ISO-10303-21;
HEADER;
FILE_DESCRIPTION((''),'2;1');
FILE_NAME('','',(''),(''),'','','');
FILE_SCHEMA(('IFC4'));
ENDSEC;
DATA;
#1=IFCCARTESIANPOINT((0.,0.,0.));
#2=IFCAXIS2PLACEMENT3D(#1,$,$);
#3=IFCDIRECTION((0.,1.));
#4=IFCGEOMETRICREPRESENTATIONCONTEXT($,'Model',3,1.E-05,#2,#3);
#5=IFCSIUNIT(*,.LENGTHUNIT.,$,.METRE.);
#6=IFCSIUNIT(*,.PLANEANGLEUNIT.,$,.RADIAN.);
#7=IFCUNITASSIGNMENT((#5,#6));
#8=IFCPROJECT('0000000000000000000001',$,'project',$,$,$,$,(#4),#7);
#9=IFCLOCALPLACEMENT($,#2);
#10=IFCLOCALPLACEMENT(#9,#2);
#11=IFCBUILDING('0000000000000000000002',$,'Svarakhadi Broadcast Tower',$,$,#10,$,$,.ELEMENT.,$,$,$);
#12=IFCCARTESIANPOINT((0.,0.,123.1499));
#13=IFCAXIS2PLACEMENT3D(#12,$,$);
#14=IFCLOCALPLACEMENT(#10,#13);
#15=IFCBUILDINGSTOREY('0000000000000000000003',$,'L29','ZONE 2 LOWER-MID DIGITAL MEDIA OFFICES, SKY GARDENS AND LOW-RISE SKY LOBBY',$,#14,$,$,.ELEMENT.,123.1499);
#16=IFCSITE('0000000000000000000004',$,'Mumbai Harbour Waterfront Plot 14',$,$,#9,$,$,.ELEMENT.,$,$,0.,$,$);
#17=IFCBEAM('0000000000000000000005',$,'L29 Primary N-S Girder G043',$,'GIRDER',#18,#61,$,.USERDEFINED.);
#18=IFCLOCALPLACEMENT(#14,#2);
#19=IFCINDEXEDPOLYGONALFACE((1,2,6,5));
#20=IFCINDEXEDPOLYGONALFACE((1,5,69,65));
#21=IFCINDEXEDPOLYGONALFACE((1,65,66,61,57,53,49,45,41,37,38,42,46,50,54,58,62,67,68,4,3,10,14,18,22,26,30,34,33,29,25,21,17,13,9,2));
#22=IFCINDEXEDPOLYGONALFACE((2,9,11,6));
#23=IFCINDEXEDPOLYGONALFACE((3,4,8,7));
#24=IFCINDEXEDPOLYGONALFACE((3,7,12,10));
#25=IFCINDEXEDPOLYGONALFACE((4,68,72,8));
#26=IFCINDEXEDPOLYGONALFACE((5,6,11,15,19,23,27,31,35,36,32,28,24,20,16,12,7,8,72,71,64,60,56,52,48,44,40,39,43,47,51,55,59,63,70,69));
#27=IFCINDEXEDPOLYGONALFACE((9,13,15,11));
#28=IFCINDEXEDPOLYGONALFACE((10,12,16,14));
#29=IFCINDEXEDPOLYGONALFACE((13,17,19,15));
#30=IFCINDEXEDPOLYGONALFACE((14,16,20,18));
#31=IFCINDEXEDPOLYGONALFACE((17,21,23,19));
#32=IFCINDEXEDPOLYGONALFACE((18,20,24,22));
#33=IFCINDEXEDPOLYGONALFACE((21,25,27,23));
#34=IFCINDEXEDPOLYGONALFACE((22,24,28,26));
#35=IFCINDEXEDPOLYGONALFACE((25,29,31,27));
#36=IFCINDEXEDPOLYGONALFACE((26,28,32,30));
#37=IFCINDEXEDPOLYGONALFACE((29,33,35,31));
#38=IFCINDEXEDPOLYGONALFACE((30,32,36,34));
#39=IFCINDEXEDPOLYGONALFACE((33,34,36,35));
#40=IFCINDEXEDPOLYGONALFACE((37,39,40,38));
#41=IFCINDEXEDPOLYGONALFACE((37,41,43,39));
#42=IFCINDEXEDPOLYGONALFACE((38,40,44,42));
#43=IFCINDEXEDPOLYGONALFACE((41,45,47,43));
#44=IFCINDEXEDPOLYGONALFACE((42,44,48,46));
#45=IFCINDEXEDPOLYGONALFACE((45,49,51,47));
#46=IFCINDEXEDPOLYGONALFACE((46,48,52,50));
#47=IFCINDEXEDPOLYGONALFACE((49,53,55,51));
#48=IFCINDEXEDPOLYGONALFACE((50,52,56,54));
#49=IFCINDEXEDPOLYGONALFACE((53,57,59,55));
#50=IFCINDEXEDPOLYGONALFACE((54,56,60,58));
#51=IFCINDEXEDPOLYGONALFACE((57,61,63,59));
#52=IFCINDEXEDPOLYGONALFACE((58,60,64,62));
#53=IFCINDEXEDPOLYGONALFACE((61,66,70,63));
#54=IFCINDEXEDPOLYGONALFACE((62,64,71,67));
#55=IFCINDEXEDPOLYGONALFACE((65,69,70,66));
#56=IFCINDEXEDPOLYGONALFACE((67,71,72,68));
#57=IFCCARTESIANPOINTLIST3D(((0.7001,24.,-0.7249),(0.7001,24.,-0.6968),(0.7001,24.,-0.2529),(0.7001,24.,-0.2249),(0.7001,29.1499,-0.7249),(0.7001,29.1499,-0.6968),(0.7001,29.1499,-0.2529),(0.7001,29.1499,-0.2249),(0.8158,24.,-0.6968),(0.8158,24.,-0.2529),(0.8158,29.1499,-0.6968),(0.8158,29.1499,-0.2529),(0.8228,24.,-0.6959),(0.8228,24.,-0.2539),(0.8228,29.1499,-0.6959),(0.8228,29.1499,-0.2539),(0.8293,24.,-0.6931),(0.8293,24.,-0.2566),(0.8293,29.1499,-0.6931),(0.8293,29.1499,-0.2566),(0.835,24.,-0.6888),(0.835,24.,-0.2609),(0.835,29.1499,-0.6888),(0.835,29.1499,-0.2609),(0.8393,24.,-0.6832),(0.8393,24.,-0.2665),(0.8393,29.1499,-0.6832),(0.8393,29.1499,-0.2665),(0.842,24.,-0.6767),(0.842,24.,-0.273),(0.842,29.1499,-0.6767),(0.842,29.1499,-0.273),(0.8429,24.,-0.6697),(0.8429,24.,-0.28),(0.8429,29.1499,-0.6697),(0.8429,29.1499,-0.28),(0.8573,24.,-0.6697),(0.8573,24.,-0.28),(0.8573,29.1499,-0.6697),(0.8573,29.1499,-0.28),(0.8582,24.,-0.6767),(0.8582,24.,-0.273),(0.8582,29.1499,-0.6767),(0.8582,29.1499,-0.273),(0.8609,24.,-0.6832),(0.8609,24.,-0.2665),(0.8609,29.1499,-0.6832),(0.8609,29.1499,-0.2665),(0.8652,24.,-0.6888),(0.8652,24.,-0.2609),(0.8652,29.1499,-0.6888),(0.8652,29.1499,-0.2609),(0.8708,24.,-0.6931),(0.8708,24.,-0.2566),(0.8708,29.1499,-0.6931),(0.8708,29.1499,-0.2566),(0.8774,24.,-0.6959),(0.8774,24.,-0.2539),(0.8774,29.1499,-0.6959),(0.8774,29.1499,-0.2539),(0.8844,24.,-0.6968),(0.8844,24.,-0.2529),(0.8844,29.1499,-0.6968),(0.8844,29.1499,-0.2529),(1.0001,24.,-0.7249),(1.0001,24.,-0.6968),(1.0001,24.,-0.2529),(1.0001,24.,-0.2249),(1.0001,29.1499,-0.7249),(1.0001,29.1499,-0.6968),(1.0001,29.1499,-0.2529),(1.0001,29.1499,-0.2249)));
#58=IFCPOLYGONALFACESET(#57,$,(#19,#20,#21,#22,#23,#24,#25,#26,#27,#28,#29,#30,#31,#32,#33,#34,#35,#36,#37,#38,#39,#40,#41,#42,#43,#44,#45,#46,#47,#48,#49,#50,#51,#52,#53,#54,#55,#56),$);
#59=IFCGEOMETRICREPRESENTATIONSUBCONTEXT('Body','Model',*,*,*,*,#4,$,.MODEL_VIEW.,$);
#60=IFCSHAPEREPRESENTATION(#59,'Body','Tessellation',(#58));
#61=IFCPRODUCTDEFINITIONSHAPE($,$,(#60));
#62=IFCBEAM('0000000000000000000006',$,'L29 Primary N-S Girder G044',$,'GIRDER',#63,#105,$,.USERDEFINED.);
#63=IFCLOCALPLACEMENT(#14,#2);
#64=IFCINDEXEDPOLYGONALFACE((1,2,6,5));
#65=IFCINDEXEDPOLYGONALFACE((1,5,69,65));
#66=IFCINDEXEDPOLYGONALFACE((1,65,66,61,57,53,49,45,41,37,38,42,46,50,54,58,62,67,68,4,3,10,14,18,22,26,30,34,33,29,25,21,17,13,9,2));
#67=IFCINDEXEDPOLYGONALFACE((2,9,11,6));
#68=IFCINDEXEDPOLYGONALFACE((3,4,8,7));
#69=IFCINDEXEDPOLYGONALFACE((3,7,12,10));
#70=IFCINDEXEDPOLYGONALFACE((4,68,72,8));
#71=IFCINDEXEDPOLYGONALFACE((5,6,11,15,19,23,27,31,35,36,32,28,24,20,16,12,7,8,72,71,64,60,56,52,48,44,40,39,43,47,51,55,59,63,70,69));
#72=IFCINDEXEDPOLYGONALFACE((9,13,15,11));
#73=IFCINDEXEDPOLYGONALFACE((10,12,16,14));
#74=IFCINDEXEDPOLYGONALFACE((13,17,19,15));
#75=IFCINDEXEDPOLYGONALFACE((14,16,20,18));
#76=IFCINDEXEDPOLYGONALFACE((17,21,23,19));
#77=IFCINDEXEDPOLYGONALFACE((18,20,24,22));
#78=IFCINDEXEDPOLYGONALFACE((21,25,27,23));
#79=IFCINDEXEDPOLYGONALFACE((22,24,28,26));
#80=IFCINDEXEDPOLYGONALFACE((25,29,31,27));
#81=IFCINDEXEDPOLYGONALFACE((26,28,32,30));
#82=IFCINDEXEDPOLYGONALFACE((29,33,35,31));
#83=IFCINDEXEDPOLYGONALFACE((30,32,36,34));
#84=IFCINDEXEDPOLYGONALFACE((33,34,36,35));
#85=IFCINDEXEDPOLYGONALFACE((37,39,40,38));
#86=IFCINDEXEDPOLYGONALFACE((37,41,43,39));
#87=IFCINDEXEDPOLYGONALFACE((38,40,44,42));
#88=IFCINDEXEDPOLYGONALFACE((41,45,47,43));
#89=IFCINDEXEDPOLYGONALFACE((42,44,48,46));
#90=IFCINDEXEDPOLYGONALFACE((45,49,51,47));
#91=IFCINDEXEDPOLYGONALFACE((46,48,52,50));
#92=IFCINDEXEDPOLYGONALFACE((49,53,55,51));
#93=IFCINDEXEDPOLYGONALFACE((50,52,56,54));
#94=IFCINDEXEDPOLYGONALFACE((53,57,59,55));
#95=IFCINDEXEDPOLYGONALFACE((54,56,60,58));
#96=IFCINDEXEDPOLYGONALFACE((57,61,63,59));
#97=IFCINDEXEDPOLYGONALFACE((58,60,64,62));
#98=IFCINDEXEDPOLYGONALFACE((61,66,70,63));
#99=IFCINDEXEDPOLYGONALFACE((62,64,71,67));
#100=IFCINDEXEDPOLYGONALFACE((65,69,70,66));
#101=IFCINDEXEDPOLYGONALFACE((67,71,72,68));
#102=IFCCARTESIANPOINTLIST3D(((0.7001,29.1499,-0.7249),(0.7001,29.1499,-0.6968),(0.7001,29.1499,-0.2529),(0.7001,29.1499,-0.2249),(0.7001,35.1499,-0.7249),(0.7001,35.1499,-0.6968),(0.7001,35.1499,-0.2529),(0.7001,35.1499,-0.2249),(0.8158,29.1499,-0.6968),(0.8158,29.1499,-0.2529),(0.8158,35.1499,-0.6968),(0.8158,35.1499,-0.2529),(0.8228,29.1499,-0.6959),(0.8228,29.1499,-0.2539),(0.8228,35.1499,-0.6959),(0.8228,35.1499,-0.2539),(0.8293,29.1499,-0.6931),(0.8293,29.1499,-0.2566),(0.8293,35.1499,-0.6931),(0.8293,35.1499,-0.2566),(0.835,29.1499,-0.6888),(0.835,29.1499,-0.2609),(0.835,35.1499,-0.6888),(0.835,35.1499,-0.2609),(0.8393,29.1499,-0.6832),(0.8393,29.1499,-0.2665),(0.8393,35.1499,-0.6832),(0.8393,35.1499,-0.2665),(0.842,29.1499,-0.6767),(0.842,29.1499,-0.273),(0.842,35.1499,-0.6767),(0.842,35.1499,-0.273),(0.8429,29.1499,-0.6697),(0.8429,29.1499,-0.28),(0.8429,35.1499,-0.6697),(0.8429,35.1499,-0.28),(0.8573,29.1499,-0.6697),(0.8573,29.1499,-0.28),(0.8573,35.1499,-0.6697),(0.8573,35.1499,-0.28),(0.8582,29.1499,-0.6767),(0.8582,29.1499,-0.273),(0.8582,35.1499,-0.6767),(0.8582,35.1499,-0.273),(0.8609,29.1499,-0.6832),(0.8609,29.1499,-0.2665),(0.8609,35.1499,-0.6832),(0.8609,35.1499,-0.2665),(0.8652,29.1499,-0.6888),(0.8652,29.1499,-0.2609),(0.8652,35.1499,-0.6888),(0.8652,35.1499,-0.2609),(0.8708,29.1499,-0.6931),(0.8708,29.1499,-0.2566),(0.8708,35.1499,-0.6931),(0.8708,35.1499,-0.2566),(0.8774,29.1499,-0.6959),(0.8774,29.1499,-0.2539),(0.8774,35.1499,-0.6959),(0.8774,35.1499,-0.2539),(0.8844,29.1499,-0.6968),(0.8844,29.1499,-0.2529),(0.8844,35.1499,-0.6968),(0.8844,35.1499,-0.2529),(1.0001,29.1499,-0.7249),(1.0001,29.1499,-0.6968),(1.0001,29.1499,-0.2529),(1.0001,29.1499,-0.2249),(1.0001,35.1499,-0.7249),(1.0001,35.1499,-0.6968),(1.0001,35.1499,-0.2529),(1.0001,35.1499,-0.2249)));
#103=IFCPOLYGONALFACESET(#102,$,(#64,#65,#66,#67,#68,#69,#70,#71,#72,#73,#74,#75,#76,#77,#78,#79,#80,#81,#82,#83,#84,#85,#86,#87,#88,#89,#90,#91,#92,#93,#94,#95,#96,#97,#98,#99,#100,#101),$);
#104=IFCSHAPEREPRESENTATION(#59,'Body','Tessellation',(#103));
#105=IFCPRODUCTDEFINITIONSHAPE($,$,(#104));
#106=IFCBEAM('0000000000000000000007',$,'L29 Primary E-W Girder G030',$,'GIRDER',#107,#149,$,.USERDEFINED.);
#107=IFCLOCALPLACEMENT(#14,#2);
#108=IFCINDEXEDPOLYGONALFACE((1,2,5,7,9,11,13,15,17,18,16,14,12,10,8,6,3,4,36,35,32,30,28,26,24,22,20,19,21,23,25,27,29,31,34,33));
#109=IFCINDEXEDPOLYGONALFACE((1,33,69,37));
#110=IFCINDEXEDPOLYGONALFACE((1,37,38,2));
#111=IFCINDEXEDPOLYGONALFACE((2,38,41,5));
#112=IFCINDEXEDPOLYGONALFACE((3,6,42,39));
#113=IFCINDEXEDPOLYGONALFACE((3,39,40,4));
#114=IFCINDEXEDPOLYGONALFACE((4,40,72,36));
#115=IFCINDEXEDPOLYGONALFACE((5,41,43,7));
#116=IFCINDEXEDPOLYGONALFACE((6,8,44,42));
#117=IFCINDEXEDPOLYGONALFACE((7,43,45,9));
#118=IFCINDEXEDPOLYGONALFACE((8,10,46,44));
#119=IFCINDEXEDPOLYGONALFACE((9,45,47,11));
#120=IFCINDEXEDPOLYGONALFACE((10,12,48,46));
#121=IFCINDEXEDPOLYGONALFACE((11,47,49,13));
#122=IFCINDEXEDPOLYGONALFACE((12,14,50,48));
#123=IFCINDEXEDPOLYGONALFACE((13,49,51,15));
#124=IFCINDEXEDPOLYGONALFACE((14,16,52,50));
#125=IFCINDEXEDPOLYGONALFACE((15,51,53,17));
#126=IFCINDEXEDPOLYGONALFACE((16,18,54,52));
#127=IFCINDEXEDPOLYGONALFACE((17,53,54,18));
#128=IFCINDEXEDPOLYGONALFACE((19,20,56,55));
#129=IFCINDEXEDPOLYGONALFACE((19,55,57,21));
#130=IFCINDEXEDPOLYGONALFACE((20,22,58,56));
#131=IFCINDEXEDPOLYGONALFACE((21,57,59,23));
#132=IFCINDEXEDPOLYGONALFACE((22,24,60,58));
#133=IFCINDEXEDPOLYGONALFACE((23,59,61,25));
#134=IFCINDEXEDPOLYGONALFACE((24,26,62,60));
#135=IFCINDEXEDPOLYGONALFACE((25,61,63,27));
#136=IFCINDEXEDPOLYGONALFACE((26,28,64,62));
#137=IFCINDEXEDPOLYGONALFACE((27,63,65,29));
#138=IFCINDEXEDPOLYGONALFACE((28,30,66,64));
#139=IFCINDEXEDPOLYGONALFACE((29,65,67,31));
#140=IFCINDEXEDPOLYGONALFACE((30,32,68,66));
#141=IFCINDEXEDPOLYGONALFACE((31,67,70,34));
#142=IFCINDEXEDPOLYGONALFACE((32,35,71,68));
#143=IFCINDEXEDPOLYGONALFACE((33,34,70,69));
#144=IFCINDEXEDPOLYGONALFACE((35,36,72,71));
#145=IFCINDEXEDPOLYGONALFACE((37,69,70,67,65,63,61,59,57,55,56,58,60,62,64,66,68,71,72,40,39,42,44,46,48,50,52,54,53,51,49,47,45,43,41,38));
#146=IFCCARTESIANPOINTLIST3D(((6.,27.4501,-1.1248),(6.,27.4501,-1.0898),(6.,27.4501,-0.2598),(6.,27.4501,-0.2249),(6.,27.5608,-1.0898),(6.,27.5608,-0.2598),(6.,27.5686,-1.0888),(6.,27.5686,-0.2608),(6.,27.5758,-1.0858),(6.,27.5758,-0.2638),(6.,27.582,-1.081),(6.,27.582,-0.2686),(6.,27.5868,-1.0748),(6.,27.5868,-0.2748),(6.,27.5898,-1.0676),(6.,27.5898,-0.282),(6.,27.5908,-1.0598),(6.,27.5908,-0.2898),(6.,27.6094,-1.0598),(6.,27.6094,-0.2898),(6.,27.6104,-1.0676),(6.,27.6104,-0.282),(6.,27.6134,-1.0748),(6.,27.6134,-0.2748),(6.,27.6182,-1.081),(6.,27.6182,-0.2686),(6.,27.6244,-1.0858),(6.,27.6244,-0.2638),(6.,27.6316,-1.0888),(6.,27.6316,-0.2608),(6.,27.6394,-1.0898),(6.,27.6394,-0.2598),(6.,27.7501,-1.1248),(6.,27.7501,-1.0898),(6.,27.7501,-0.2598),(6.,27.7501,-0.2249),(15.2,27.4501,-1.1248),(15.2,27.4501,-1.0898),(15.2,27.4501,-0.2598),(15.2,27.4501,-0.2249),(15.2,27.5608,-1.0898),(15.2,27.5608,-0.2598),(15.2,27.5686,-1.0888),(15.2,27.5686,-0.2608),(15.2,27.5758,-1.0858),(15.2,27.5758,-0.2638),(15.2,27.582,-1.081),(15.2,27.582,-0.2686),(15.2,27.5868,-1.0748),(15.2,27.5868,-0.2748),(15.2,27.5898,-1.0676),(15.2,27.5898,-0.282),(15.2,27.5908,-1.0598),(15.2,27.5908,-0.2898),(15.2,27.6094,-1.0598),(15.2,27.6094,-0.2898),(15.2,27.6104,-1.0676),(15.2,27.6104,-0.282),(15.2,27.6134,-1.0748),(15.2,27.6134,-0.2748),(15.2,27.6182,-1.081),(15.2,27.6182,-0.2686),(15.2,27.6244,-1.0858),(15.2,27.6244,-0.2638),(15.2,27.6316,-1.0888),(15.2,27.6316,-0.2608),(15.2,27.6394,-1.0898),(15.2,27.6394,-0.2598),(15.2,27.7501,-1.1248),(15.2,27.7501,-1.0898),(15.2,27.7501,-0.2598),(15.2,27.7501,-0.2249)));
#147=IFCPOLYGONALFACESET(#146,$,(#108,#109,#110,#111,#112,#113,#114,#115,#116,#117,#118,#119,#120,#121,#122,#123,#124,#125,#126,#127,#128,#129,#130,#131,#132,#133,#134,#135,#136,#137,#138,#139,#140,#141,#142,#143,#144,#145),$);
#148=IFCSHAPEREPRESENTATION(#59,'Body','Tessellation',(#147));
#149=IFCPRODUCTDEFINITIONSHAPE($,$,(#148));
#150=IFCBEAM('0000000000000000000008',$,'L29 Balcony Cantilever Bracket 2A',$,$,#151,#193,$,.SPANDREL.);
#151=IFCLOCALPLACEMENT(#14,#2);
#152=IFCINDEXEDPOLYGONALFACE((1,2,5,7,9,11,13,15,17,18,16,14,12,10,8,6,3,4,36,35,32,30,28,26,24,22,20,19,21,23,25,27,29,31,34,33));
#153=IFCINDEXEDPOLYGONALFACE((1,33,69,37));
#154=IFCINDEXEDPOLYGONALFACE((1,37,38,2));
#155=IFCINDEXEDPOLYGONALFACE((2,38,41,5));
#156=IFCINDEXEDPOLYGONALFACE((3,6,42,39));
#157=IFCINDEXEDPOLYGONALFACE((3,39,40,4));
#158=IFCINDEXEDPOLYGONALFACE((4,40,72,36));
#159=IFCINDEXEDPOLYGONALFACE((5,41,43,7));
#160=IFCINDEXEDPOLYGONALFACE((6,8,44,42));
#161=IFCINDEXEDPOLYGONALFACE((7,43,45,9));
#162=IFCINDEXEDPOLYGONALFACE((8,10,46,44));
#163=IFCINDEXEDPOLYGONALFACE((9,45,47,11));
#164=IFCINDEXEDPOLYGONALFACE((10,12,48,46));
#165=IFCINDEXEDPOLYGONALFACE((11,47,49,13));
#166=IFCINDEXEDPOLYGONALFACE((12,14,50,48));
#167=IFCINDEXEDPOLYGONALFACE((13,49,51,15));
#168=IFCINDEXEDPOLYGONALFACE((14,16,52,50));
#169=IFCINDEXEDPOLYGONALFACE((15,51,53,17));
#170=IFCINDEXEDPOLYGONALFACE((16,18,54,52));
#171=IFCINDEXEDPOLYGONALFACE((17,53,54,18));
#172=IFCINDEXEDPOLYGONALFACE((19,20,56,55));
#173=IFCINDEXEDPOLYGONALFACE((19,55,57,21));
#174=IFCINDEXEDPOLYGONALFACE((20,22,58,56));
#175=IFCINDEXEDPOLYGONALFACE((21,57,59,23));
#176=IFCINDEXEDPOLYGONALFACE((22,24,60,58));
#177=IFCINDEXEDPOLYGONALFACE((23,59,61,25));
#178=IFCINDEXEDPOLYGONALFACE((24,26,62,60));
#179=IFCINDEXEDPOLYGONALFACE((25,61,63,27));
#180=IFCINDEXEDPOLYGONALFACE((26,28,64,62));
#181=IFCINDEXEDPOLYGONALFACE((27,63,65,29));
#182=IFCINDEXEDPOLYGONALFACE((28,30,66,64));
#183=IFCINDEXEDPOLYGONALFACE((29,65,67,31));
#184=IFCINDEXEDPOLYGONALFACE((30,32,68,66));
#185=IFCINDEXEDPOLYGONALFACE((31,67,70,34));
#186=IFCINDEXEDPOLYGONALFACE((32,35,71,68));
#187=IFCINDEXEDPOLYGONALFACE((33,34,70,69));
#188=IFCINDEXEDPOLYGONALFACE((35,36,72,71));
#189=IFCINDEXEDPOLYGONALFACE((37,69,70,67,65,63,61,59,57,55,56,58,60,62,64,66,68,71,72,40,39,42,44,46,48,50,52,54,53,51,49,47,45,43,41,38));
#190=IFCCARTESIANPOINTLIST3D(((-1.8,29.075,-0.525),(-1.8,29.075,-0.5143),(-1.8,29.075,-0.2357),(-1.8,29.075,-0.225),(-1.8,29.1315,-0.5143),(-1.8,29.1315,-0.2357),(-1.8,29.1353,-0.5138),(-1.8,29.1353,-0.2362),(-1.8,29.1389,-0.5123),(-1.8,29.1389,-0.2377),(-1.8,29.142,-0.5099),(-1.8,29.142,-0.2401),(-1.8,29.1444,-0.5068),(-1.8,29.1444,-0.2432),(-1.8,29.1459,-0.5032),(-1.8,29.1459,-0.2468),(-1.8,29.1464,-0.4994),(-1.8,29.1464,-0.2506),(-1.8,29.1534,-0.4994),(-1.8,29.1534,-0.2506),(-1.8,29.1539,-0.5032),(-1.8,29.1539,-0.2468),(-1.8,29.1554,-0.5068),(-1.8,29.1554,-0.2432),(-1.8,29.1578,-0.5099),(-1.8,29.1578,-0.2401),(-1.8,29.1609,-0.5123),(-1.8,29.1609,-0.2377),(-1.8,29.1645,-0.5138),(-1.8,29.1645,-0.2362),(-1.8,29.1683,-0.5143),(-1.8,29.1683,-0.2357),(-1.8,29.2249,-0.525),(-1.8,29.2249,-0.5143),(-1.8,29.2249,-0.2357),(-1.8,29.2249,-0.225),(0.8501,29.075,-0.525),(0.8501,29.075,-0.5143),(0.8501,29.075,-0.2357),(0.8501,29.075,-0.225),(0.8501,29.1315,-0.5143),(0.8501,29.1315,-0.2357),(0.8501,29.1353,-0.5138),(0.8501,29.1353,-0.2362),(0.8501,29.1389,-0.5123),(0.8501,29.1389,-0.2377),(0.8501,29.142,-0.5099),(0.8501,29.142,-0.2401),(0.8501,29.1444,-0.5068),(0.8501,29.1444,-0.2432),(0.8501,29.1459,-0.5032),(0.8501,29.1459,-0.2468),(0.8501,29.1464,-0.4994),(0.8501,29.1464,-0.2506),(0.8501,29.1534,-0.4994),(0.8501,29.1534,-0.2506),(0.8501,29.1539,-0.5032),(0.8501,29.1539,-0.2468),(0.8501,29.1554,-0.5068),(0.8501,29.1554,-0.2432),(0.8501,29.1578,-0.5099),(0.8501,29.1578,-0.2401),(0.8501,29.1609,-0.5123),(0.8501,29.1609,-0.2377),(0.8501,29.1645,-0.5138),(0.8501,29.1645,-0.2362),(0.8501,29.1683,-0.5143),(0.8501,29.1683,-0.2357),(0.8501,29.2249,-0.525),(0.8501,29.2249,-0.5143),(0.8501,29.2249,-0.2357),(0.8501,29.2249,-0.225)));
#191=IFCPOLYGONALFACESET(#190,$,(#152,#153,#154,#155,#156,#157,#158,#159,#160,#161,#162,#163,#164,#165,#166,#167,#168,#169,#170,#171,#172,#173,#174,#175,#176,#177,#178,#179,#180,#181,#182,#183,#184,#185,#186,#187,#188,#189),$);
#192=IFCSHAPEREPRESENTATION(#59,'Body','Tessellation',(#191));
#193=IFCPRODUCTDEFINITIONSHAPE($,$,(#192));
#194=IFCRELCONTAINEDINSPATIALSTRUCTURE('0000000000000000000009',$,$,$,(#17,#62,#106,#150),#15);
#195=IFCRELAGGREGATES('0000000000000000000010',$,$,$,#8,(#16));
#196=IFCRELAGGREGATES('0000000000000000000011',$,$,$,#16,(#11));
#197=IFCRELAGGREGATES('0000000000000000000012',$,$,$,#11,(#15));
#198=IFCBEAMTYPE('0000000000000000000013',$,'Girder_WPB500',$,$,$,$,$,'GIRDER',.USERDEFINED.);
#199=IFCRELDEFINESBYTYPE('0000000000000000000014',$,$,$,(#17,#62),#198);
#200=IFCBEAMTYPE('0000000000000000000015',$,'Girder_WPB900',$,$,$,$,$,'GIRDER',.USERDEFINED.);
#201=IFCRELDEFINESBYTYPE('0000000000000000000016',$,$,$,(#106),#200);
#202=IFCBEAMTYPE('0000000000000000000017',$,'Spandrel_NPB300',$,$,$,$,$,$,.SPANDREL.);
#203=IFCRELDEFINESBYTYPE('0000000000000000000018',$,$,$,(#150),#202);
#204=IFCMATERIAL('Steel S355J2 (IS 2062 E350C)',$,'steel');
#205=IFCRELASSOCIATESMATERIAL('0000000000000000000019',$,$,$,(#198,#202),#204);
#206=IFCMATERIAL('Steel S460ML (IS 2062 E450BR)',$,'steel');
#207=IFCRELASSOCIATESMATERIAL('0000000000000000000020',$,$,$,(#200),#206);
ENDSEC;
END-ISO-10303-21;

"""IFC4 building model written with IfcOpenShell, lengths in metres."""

from ifc_helpers import new_model, si_unit, direction, frame, origin, origin_2d, place, context, subcontext, project, spatial, i_section, extrude, material, material_profile, profile_set, type_object, element, save


model = new_model("IFC4")

# Units and contexts
model_context = context("Model", 3, precision=1e-05, world=origin(), true_north=direction((0.0, 1.0)))
body_context = subcontext(model_context, "Body", "Model", "MODEL_VIEW")
ifc_project = project(units=[si_unit("LENGTHUNIT", "METRE"), si_unit("PLANEANGLEUNIT", "RADIAN")], contexts=[model_context])

# Site, building, storey
site_placement = place(None, origin())
site = spatial("IfcSite", under=ifc_project, at=site_placement, Name="Mumbai Harbour Waterfront Plot 14", CompositionType="ELEMENT", RefElevation=0.0)
building_placement = place(site_placement, origin())
building = spatial("IfcBuilding", under=site, at=building_placement, Name="Svarakhadi Broadcast Tower", CompositionType="ELEMENT")
storey_placement = place(building_placement, frame((0.0, 0.0, 123.1499)))
storey = spatial("IfcBuildingStorey", under=building, at=storey_placement, Name="L29", Description="ZONE 2 LOWER-MID DIGITAL MEDIA OFFICES, SKY GARDENS AND LOW-RISE SKY LOBBY", CompositionType="ELEMENT", Elevation=123.1499)

# Shared definitions
ifc_material_1 = material(Name="Steel S460ML (IS 2062 E450BR)", Category="steel")

# Shared definitions
ifc_material_2 = material(Name="Steel S355J2 (IS 2062 E350C)", Category="steel")

# Beams
ifc_material_profile_1 = material_profile(ifc_material_2, i_section(OverallWidth=0.3, OverallDepth=0.5, WebThickness=0.0144, FlangeThickness=0.0281, FilletRadius=0.0271, at=origin_2d()), Name="WPB 500x300x187")
ifc_profile_set_1 = profile_set([ifc_material_profile_1], Name="Steel S355J2 (IS 2062 E350C)")
beam_type_1 = type_object("IfcBeamType", Name="Girder_WPB500", ElementType="GIRDER", PredefinedType="USERDEFINED", material=ifc_profile_set_1)
for number, where, z_axis, x_axis, name in (
    (1, (0.8501, 24.0, -0.4749), (0.0, 1.0, 0.0), (-1.0, 0.0, 0.0), "L29 Primary N-S Girder G043"),
):
    element("IfcBeam", number, at=place(storey_placement, frame(where, z_axis=z_axis, x_axis=x_axis)), inside=storey, type_object=beam_type_1, Name=name, ObjectType="GIRDER", PredefinedType="USERDEFINED", context=body_context, shape_type="SweptSolid", body=[
        extrude(i_section(OverallWidth=0.3, OverallDepth=0.5, WebThickness=0.0144, FlangeThickness=0.0281, FilletRadius=0.0271, at=origin_2d()), origin(), (0.0, 0.0, 1.0), 5.1499),
    ])
beam_1_placement = place(storey_placement, frame((0.8501, 29.1499, -0.4749), z_axis=(0.0, 1.0, 0.0), x_axis=(-1.0, 0.0, 0.0)))
element("IfcBeam", 2, at=beam_1_placement, inside=storey, type_object=beam_type_1, Name="L29 Primary N-S Girder G044", ObjectType="GIRDER", PredefinedType="USERDEFINED", context=body_context, shape_type="SweptSolid", body=[
    extrude(i_section(OverallWidth=0.3, OverallDepth=0.5, WebThickness=0.0144, FlangeThickness=0.0281, FilletRadius=0.0271, at=origin_2d()), origin(), (0.0, 0.0, 1.0), 6.0),
])
ifc_material_profile_2 = material_profile(ifc_material_1, i_section(OverallWidth=0.3, OverallDepth=0.8999, WebThickness=0.0186, FlangeThickness=0.0349, FilletRadius=0.03, at=origin_2d()), Name="WPB 900x300x291")
ifc_profile_set_2 = profile_set([ifc_material_profile_2], Name="Steel S460ML (IS 2062 E450BR)")
beam_type_2 = type_object("IfcBeamType", Name="Girder_WPB900", ElementType="GIRDER", PredefinedType="USERDEFINED", material=ifc_profile_set_2)
beam_2_placement = place(storey_placement, frame((6.0, 27.6001, -0.6748), z_axis=(1.0, 0.0, 0.0), x_axis=(0.0, 1.0, 0.0)))
element("IfcBeam", 3, at=beam_2_placement, inside=storey, type_object=beam_type_2, Name="L29 Primary E-W Girder G030", ObjectType="GIRDER", PredefinedType="USERDEFINED", context=body_context, shape_type="SweptSolid", body=[
    extrude(i_section(OverallWidth=0.3, OverallDepth=0.8999, WebThickness=0.0186, FlangeThickness=0.0349, FilletRadius=0.03, at=origin_2d()), origin(), (0.0, 0.0, 1.0), 9.2),
])
ifc_material_profile_3 = material_profile(ifc_material_2, i_section(OverallWidth=0.1499, OverallDepth=0.3, WebThickness=0.0071, FlangeThickness=0.0107, FilletRadius=0.0149, at=origin_2d()), Name="NPB 300x150x37")
ifc_profile_set_3 = profile_set([ifc_material_profile_3], Name="Steel S355J2 (IS 2062 E350C)")
beam_type_3 = type_object("IfcBeamType", Name="Spandrel_NPB300", PredefinedType="SPANDREL", material=ifc_profile_set_3)
beam_3_placement = place(storey_placement, frame((0.8501, 29.1499, -0.375), z_axis=(-1.0, 0.0, 0.0), x_axis=(0.0, -1.0, 0.0)))
element("IfcBeam", 4, at=beam_3_placement, inside=storey, type_object=beam_type_3, Name="L29 Balcony Cantilever Bracket 2A", PredefinedType="SPANDREL", context=body_context, shape_type="SweptSolid", body=[
    extrude(i_section(OverallWidth=0.1499, OverallDepth=0.3, WebThickness=0.0071, FlangeThickness=0.0107, FilletRadius=0.0149, at=origin_2d()), origin(), (0.0, 0.0, 1.0), 2.6501),
])

save(model, "model.ifc")
